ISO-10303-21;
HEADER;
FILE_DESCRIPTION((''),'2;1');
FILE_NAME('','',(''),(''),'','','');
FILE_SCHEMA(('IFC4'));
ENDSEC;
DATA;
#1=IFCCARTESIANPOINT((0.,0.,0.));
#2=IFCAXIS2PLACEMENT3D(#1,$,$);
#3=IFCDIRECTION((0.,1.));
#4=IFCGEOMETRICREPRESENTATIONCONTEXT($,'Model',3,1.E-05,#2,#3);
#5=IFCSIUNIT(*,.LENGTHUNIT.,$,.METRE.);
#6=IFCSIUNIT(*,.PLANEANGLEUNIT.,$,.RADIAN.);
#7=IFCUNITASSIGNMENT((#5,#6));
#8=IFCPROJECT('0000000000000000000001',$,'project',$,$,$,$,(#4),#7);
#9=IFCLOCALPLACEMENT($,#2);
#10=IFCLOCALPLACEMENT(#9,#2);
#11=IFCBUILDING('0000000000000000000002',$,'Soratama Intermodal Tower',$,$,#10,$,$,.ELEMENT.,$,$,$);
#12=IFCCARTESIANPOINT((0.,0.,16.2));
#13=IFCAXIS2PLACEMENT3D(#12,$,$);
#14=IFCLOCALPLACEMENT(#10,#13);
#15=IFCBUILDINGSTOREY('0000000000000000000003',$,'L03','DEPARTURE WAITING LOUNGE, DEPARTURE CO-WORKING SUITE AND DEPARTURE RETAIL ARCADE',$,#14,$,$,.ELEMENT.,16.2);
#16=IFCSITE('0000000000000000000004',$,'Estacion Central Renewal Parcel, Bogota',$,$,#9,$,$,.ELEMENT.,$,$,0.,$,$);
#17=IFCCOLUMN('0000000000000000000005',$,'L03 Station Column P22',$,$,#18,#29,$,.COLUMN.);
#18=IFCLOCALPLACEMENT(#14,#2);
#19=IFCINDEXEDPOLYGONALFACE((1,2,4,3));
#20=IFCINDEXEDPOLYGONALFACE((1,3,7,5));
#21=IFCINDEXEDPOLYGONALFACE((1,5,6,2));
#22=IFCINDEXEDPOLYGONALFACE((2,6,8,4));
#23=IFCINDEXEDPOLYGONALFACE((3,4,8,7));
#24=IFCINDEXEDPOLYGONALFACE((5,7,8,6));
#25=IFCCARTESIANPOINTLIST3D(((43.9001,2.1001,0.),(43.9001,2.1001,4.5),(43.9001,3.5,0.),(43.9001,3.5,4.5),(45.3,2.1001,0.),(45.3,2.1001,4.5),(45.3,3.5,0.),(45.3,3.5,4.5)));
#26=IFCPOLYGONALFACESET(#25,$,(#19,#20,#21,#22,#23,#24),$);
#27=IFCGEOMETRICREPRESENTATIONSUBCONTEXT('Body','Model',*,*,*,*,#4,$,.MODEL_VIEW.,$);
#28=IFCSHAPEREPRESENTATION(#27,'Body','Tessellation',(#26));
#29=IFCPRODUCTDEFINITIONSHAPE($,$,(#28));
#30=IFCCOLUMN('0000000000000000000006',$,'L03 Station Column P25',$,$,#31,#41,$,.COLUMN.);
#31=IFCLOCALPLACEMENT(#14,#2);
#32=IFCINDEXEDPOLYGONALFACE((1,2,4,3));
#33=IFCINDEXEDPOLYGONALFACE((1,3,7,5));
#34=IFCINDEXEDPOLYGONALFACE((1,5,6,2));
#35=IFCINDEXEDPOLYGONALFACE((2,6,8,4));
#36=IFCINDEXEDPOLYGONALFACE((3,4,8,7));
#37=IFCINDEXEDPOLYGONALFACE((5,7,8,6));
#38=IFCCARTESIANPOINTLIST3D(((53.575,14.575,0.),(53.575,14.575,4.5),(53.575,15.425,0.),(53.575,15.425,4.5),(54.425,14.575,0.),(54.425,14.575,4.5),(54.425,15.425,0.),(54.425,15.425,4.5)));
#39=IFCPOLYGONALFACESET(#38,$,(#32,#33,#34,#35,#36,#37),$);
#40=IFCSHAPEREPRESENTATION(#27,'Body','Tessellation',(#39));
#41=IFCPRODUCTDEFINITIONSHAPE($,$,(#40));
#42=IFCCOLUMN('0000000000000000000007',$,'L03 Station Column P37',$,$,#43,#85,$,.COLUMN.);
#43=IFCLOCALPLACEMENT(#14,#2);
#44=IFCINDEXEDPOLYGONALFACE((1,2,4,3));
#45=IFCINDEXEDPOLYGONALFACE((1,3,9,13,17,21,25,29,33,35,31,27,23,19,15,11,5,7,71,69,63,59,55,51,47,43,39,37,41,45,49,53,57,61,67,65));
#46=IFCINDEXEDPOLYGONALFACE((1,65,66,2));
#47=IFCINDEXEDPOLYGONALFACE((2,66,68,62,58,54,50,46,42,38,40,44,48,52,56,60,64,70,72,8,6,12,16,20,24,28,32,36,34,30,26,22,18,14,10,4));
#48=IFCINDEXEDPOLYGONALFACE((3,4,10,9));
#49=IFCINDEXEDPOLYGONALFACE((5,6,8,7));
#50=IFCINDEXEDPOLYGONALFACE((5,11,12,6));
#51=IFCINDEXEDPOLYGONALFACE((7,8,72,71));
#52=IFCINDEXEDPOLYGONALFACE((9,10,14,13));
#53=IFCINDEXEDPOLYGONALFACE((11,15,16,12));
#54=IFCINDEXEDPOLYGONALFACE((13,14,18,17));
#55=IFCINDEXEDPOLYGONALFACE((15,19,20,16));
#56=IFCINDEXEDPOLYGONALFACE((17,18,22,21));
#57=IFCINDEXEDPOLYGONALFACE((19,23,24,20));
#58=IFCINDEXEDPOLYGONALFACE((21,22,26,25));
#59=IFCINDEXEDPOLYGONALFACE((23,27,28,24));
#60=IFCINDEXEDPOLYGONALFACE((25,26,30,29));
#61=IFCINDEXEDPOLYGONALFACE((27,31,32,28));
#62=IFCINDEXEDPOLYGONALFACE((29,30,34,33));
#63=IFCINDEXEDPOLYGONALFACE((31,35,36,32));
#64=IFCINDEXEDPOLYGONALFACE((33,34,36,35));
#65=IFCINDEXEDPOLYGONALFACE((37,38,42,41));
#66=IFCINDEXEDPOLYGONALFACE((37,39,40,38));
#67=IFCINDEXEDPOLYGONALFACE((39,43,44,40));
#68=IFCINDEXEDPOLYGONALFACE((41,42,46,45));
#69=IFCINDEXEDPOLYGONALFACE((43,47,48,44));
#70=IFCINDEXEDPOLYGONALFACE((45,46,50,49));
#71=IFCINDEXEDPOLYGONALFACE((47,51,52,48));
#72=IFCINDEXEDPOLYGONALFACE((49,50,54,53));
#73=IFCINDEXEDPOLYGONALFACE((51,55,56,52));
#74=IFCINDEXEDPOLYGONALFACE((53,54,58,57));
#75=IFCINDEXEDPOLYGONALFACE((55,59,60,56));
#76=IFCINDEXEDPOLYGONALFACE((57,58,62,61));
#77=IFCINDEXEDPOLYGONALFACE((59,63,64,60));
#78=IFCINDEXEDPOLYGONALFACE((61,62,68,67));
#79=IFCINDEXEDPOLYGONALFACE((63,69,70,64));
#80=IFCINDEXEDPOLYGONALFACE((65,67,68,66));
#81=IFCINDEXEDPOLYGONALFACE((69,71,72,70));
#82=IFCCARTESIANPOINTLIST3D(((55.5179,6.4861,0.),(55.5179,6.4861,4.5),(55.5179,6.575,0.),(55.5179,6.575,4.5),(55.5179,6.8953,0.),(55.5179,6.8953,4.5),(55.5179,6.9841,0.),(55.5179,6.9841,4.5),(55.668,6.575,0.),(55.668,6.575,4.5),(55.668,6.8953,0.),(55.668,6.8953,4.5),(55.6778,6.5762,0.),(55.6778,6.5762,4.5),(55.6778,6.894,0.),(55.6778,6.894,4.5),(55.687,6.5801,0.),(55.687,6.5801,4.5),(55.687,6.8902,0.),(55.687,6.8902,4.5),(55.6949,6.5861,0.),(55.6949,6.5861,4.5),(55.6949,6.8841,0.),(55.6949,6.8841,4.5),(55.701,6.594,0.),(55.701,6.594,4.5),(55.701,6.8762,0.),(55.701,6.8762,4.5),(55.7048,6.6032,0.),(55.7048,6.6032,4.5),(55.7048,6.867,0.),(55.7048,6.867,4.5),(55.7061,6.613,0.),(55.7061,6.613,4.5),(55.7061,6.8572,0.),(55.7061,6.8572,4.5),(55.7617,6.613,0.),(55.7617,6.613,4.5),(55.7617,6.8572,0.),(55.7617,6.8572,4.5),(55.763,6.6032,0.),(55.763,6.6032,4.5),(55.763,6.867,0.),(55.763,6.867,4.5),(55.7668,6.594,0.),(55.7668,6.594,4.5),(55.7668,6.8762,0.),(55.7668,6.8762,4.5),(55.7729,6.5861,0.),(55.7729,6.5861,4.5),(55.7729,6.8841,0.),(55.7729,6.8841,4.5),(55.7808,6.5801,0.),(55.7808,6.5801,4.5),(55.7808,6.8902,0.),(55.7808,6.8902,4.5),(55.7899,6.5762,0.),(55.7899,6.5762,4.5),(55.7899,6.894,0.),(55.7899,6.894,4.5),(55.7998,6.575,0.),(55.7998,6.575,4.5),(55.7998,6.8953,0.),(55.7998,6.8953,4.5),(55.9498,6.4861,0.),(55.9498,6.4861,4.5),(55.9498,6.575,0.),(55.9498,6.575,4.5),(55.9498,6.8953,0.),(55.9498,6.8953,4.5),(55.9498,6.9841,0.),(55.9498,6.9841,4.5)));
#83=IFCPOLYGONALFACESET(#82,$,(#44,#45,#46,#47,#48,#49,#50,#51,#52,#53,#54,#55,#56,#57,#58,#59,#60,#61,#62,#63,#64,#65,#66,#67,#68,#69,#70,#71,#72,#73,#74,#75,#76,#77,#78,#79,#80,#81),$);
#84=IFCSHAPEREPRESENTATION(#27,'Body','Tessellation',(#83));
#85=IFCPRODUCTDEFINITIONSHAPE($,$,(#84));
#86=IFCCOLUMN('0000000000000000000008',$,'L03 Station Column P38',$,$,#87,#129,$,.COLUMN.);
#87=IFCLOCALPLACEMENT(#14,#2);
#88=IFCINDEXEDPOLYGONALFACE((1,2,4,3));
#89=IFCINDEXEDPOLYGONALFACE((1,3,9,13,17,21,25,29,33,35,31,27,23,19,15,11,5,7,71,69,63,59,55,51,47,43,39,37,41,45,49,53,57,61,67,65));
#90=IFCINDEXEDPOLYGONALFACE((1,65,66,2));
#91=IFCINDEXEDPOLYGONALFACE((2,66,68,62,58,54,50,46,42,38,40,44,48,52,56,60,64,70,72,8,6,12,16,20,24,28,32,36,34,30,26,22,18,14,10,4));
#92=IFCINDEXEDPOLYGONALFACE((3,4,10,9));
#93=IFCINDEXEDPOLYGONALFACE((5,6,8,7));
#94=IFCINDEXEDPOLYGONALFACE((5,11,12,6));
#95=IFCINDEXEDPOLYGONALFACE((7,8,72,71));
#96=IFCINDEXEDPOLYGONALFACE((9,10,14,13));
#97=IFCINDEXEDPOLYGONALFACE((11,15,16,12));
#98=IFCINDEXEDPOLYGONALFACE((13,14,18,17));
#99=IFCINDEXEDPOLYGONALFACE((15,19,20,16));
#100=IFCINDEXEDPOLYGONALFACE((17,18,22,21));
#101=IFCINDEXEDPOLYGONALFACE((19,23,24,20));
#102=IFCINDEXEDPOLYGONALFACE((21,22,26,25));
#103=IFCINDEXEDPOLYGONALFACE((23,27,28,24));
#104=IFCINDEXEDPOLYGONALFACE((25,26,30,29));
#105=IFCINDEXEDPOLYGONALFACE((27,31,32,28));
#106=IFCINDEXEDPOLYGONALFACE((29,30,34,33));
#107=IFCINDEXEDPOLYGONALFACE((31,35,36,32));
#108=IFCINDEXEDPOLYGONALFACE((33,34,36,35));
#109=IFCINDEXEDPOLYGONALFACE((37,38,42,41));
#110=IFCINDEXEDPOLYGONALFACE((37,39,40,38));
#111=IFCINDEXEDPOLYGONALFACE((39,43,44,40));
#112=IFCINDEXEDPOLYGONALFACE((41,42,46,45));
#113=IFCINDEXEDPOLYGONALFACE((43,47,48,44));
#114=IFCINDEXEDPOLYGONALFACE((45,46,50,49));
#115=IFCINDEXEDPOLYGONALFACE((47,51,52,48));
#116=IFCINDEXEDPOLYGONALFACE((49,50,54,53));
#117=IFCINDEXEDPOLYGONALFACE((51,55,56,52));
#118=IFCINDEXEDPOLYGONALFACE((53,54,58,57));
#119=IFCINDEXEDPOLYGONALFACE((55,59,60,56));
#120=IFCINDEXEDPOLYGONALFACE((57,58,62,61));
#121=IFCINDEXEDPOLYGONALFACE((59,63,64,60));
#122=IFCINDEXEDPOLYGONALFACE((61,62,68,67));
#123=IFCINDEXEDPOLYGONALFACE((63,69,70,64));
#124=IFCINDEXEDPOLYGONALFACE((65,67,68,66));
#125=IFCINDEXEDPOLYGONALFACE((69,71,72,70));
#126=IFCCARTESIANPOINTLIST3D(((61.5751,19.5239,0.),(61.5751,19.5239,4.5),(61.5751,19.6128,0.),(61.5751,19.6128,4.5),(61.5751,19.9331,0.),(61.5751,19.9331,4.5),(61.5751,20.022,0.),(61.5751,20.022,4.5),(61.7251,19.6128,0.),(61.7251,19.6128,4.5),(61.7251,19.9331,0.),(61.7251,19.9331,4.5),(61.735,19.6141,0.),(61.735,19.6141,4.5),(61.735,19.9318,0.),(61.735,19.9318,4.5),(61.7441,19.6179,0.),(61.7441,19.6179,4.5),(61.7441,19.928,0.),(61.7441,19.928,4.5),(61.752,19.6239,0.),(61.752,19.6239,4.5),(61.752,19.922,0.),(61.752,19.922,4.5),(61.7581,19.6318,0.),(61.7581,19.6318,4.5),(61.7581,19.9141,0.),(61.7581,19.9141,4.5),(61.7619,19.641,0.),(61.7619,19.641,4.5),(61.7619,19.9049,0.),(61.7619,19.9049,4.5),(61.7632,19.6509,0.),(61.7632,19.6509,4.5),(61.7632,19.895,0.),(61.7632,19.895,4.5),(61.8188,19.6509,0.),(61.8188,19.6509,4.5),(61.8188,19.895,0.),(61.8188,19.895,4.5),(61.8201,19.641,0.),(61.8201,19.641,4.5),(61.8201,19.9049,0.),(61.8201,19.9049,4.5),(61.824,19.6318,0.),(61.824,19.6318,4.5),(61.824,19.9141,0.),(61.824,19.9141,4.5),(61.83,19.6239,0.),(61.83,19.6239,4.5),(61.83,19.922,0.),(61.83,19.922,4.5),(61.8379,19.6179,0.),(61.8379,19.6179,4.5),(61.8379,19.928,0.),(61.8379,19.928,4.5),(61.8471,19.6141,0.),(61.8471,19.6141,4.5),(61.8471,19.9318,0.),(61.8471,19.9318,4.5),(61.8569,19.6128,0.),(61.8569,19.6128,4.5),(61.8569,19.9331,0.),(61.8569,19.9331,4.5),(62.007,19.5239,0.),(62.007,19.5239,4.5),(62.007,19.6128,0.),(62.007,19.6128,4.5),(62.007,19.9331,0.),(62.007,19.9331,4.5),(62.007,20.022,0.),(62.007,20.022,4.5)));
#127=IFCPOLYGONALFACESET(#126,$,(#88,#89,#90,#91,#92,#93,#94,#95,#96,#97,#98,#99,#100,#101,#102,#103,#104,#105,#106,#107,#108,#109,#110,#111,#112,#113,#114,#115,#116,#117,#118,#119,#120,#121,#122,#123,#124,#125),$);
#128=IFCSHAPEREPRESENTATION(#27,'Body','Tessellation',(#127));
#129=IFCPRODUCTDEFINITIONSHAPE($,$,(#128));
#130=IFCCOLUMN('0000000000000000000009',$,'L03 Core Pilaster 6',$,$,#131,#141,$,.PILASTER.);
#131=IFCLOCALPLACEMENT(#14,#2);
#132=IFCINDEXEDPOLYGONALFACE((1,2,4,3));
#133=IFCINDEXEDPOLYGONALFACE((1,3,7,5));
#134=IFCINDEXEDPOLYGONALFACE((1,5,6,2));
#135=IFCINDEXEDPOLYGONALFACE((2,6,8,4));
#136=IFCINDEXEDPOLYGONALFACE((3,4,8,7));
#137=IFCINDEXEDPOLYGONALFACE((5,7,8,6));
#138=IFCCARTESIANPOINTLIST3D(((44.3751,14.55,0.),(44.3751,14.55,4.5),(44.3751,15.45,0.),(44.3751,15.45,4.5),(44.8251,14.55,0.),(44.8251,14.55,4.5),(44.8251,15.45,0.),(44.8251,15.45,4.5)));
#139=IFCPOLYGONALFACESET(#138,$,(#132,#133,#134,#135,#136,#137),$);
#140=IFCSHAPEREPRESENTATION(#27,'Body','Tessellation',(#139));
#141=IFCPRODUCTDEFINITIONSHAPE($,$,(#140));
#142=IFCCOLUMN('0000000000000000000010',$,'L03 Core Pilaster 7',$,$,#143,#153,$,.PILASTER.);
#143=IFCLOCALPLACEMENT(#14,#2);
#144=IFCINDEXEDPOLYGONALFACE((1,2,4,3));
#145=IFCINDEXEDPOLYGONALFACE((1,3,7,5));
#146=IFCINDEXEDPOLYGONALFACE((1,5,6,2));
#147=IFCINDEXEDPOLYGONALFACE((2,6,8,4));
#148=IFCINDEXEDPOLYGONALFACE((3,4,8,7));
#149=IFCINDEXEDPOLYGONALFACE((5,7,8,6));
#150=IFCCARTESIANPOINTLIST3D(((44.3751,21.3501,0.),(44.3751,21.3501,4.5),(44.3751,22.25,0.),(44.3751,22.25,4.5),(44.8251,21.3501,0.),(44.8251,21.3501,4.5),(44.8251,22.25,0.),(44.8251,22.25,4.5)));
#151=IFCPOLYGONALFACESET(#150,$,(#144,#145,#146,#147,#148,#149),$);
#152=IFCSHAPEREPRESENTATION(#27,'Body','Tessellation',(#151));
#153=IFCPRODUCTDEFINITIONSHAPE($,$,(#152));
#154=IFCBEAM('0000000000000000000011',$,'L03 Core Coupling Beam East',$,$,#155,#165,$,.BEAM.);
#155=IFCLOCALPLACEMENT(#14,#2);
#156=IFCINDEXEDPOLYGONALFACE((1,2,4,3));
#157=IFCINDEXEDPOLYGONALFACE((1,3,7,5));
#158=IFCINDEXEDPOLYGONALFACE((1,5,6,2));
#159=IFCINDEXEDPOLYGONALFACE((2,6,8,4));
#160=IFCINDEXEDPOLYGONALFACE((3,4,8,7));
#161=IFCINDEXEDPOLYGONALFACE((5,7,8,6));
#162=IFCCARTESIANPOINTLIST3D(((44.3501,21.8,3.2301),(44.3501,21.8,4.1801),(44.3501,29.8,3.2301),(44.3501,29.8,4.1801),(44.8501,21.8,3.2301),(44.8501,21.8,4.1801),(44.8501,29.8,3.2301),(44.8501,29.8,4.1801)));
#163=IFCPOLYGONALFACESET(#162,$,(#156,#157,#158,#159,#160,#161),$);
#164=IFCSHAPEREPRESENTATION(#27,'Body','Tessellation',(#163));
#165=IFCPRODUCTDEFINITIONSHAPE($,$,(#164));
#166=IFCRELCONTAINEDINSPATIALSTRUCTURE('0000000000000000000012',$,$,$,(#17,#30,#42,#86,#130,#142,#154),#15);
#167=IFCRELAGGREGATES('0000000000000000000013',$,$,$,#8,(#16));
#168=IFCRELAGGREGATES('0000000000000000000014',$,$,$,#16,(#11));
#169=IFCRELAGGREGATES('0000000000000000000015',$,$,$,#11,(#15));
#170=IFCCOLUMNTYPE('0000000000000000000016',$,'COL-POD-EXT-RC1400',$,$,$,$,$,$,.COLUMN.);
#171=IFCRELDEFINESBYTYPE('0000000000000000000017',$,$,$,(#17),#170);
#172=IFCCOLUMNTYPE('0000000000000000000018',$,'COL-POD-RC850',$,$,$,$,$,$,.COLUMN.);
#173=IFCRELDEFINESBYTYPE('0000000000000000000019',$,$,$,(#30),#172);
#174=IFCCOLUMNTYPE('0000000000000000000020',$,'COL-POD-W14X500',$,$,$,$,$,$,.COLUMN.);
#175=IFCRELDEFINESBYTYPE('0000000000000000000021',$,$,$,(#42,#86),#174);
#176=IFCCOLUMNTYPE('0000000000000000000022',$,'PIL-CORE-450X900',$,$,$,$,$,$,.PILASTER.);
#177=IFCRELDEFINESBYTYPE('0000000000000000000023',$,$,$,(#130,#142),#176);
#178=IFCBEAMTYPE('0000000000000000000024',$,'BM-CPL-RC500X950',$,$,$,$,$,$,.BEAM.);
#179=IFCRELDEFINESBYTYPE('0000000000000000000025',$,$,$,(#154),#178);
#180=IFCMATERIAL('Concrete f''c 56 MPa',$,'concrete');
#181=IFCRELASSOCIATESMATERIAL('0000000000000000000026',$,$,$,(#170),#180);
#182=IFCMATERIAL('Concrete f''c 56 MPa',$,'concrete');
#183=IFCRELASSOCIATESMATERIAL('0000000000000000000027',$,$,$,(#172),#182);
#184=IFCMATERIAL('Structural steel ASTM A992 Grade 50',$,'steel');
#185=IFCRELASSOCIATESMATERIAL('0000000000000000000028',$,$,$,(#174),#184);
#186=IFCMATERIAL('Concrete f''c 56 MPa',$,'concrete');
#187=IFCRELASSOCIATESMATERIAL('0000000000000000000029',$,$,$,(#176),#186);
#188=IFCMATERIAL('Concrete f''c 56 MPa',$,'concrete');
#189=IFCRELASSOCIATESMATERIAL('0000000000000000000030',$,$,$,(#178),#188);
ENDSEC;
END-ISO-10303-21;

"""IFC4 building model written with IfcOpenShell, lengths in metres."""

from ifc_helpers import new_model, si_unit, direction, frame, origin, origin_2d, place, context, subcontext, project, spatial, rectangle, i_section, extrude, material, material_profile, profile_set, type_object, element, save


model = new_model("IFC4")

# Units and contexts
model_context = context("Model", 3, precision=1e-05, world=origin(), true_north=direction((0.0, 1.0)))
body_context = subcontext(model_context, "Body", "Model", "MODEL_VIEW")
ifc_project = project(units=[si_unit("LENGTHUNIT", "METRE"), si_unit("PLANEANGLEUNIT", "RADIAN")], contexts=[model_context])

# Site, building, storey
site_placement = place(None, origin())
site = spatial("IfcSite", under=ifc_project, at=site_placement, Name="Estacion Central Renewal Parcel, Bogota", CompositionType="ELEMENT", RefElevation=0.0)
building_placement = place(site_placement, origin())
building = spatial("IfcBuilding", under=site, at=building_placement, Name="Soratama Intermodal Tower", CompositionType="ELEMENT")
storey_placement = place(building_placement, frame((0.0, 0.0, 16.2)))
storey = spatial("IfcBuildingStorey", under=building, at=storey_placement, Name="L03", Description="DEPARTURE WAITING LOUNGE, DEPARTURE CO-WORKING SUITE AND DEPARTURE RETAIL ARCADE", CompositionType="ELEMENT", Elevation=16.2)

# Columns
ifc_material_1 = material(Name="Concrete f'c 56 MPa", Category="concrete")
ifc_material_profile_1 = material_profile(ifc_material_1, rectangle(XDim=1.3999, YDim=1.3999, at=origin_2d()), Name="RC1400X1400")
ifc_profile_set_1 = profile_set([ifc_material_profile_1], Name="Concrete f'c 56 MPa")
column_type_1 = type_object("IfcColumnType", Name="COL-POD-EXT-RC1400", PredefinedType="COLUMN", material=ifc_profile_set_1)
column_1_placement = place(storey_placement, frame((44.6001, 2.8, 0.0), z_axis=(0.0, 0.0, 1.0), x_axis=(1.0, 0.0, 0.0)))
element("IfcColumn", 1, at=column_1_placement, inside=storey, type_object=column_type_1, Name="L03 Station Column P22", PredefinedType="COLUMN", context=body_context, shape_type="SweptSolid", body=[
    extrude(rectangle(XDim=1.3999, YDim=1.3999, at=origin_2d()), origin(), (0.0, 0.0, 1.0), 4.5),
])
ifc_material_2 = material(Name="Concrete f'c 56 MPa", Category="concrete")
ifc_material_profile_2 = material_profile(ifc_material_2, rectangle(XDim=0.8501, YDim=0.8501, at=origin_2d()), Name="RC850X850")
ifc_profile_set_2 = profile_set([ifc_material_profile_2], Name="Concrete f'c 56 MPa")
column_type_2 = type_object("IfcColumnType", Name="COL-POD-RC850", PredefinedType="COLUMN", material=ifc_profile_set_2)
column_2_placement = place(storey_placement, frame((54.0, 15.0, 0.0), z_axis=(0.0, 0.0, 1.0), x_axis=(1.0, 0.0, 0.0)))
element("IfcColumn", 2, at=column_2_placement, inside=storey, type_object=column_type_2, Name="L03 Station Column P25", PredefinedType="COLUMN", context=body_context, shape_type="SweptSolid", body=[
    extrude(rectangle(XDim=0.8501, YDim=0.8501, at=origin_2d()), origin(), (0.0, 0.0, 1.0), 4.5),
])
ifc_material_3 = material(Name="Structural steel ASTM A992 Grade 50", Category="steel")
ifc_material_profile_3 = material_profile(ifc_material_3, i_section(OverallWidth=0.4319, OverallDepth=0.498, WebThickness=0.0557, FlangeThickness=0.0889, FilletRadius=0.0381, at=origin_2d()), Name="W14X500")
ifc_profile_set_3 = profile_set([ifc_material_profile_3], Name="Structural steel ASTM A992 Grade 50")
column_type_3 = type_object("IfcColumnType", Name="COL-POD-W14X500", PredefinedType="COLUMN", material=ifc_profile_set_3)
for number, where, z_axis, x_axis, name in (
    (3, (55.7339, 6.7351, 0.0), (0.0, 0.0, 1.0), (1.0, 0.0, 0.0), "L03 Station Column P37"),
    (4, (61.791, 19.7729, 0.0), (0.0, 0.0, 1.0), (1.0, 0.0, 0.0), "L03 Station Column P38"),
):
    element("IfcColumn", number, at=place(storey_placement, frame(where, z_axis=z_axis, x_axis=x_axis)), inside=storey, type_object=column_type_3, Name=name, PredefinedType="COLUMN", context=body_context, shape_type="SweptSolid", body=[
        extrude(i_section(OverallWidth=0.4319, OverallDepth=0.498, WebThickness=0.0557, FlangeThickness=0.0889, FilletRadius=0.0381, at=origin_2d()), origin(), (0.0, 0.0, 1.0), 4.5),
    ])
ifc_material_4 = material(Name="Concrete f'c 56 MPa", Category="concrete")
ifc_material_profile_4 = material_profile(ifc_material_4, rectangle(XDim=0.45, YDim=0.8999, at=origin_2d()), Name="RC450X900")
ifc_profile_set_4 = profile_set([ifc_material_profile_4], Name="Concrete f'c 56 MPa")
column_type_4 = type_object("IfcColumnType", Name="PIL-CORE-450X900", PredefinedType="PILASTER", material=ifc_profile_set_4)
for number, where, z_axis, x_axis, name in (
    (5, (44.6001, 15.0, 0.0), (0.0, 0.0, 1.0), (1.0, 0.0, 0.0), "L03 Core Pilaster 6"),
    (6, (44.6001, 21.8, 0.0), (0.0, 0.0, 1.0), (1.0, 0.0, 0.0), "L03 Core Pilaster 7"),
):
    element("IfcColumn", number, at=place(storey_placement, frame(where, z_axis=z_axis, x_axis=x_axis)), inside=storey, type_object=column_type_4, Name=name, PredefinedType="PILASTER", context=body_context, shape_type="SweptSolid", body=[
        extrude(rectangle(XDim=0.45, YDim=0.8999, at=origin_2d()), origin(), (0.0, 0.0, 1.0), 4.5),
    ])

# Beam
ifc_material_5 = material(Name="Concrete f'c 56 MPa", Category="concrete")
ifc_material_profile_5 = material_profile(ifc_material_5, rectangle(XDim=0.5, YDim=0.95, at=origin_2d()), Name="RC500X950")
ifc_profile_set_5 = profile_set([ifc_material_profile_5], Name="Concrete f'c 56 MPa")
beam_type_1 = type_object("IfcBeamType", Name="BM-CPL-RC500X950", PredefinedType="BEAM", material=ifc_profile_set_5)
beam_1_placement = place(storey_placement, frame((44.6001, 21.8, 3.7051), z_axis=(0.0, 1.0, 0.0), x_axis=(-1.0, 0.0, 0.0)))
element("IfcBeam", 7, at=beam_1_placement, inside=storey, type_object=beam_type_1, Name="L03 Core Coupling Beam East", PredefinedType="BEAM", context=body_context, shape_type="SweptSolid", body=[
    extrude(rectangle(XDim=0.5, YDim=0.95, at=origin_2d()), origin(), (0.0, 0.0, 1.0), 8.0),
])

save(model, "model.ifc")
